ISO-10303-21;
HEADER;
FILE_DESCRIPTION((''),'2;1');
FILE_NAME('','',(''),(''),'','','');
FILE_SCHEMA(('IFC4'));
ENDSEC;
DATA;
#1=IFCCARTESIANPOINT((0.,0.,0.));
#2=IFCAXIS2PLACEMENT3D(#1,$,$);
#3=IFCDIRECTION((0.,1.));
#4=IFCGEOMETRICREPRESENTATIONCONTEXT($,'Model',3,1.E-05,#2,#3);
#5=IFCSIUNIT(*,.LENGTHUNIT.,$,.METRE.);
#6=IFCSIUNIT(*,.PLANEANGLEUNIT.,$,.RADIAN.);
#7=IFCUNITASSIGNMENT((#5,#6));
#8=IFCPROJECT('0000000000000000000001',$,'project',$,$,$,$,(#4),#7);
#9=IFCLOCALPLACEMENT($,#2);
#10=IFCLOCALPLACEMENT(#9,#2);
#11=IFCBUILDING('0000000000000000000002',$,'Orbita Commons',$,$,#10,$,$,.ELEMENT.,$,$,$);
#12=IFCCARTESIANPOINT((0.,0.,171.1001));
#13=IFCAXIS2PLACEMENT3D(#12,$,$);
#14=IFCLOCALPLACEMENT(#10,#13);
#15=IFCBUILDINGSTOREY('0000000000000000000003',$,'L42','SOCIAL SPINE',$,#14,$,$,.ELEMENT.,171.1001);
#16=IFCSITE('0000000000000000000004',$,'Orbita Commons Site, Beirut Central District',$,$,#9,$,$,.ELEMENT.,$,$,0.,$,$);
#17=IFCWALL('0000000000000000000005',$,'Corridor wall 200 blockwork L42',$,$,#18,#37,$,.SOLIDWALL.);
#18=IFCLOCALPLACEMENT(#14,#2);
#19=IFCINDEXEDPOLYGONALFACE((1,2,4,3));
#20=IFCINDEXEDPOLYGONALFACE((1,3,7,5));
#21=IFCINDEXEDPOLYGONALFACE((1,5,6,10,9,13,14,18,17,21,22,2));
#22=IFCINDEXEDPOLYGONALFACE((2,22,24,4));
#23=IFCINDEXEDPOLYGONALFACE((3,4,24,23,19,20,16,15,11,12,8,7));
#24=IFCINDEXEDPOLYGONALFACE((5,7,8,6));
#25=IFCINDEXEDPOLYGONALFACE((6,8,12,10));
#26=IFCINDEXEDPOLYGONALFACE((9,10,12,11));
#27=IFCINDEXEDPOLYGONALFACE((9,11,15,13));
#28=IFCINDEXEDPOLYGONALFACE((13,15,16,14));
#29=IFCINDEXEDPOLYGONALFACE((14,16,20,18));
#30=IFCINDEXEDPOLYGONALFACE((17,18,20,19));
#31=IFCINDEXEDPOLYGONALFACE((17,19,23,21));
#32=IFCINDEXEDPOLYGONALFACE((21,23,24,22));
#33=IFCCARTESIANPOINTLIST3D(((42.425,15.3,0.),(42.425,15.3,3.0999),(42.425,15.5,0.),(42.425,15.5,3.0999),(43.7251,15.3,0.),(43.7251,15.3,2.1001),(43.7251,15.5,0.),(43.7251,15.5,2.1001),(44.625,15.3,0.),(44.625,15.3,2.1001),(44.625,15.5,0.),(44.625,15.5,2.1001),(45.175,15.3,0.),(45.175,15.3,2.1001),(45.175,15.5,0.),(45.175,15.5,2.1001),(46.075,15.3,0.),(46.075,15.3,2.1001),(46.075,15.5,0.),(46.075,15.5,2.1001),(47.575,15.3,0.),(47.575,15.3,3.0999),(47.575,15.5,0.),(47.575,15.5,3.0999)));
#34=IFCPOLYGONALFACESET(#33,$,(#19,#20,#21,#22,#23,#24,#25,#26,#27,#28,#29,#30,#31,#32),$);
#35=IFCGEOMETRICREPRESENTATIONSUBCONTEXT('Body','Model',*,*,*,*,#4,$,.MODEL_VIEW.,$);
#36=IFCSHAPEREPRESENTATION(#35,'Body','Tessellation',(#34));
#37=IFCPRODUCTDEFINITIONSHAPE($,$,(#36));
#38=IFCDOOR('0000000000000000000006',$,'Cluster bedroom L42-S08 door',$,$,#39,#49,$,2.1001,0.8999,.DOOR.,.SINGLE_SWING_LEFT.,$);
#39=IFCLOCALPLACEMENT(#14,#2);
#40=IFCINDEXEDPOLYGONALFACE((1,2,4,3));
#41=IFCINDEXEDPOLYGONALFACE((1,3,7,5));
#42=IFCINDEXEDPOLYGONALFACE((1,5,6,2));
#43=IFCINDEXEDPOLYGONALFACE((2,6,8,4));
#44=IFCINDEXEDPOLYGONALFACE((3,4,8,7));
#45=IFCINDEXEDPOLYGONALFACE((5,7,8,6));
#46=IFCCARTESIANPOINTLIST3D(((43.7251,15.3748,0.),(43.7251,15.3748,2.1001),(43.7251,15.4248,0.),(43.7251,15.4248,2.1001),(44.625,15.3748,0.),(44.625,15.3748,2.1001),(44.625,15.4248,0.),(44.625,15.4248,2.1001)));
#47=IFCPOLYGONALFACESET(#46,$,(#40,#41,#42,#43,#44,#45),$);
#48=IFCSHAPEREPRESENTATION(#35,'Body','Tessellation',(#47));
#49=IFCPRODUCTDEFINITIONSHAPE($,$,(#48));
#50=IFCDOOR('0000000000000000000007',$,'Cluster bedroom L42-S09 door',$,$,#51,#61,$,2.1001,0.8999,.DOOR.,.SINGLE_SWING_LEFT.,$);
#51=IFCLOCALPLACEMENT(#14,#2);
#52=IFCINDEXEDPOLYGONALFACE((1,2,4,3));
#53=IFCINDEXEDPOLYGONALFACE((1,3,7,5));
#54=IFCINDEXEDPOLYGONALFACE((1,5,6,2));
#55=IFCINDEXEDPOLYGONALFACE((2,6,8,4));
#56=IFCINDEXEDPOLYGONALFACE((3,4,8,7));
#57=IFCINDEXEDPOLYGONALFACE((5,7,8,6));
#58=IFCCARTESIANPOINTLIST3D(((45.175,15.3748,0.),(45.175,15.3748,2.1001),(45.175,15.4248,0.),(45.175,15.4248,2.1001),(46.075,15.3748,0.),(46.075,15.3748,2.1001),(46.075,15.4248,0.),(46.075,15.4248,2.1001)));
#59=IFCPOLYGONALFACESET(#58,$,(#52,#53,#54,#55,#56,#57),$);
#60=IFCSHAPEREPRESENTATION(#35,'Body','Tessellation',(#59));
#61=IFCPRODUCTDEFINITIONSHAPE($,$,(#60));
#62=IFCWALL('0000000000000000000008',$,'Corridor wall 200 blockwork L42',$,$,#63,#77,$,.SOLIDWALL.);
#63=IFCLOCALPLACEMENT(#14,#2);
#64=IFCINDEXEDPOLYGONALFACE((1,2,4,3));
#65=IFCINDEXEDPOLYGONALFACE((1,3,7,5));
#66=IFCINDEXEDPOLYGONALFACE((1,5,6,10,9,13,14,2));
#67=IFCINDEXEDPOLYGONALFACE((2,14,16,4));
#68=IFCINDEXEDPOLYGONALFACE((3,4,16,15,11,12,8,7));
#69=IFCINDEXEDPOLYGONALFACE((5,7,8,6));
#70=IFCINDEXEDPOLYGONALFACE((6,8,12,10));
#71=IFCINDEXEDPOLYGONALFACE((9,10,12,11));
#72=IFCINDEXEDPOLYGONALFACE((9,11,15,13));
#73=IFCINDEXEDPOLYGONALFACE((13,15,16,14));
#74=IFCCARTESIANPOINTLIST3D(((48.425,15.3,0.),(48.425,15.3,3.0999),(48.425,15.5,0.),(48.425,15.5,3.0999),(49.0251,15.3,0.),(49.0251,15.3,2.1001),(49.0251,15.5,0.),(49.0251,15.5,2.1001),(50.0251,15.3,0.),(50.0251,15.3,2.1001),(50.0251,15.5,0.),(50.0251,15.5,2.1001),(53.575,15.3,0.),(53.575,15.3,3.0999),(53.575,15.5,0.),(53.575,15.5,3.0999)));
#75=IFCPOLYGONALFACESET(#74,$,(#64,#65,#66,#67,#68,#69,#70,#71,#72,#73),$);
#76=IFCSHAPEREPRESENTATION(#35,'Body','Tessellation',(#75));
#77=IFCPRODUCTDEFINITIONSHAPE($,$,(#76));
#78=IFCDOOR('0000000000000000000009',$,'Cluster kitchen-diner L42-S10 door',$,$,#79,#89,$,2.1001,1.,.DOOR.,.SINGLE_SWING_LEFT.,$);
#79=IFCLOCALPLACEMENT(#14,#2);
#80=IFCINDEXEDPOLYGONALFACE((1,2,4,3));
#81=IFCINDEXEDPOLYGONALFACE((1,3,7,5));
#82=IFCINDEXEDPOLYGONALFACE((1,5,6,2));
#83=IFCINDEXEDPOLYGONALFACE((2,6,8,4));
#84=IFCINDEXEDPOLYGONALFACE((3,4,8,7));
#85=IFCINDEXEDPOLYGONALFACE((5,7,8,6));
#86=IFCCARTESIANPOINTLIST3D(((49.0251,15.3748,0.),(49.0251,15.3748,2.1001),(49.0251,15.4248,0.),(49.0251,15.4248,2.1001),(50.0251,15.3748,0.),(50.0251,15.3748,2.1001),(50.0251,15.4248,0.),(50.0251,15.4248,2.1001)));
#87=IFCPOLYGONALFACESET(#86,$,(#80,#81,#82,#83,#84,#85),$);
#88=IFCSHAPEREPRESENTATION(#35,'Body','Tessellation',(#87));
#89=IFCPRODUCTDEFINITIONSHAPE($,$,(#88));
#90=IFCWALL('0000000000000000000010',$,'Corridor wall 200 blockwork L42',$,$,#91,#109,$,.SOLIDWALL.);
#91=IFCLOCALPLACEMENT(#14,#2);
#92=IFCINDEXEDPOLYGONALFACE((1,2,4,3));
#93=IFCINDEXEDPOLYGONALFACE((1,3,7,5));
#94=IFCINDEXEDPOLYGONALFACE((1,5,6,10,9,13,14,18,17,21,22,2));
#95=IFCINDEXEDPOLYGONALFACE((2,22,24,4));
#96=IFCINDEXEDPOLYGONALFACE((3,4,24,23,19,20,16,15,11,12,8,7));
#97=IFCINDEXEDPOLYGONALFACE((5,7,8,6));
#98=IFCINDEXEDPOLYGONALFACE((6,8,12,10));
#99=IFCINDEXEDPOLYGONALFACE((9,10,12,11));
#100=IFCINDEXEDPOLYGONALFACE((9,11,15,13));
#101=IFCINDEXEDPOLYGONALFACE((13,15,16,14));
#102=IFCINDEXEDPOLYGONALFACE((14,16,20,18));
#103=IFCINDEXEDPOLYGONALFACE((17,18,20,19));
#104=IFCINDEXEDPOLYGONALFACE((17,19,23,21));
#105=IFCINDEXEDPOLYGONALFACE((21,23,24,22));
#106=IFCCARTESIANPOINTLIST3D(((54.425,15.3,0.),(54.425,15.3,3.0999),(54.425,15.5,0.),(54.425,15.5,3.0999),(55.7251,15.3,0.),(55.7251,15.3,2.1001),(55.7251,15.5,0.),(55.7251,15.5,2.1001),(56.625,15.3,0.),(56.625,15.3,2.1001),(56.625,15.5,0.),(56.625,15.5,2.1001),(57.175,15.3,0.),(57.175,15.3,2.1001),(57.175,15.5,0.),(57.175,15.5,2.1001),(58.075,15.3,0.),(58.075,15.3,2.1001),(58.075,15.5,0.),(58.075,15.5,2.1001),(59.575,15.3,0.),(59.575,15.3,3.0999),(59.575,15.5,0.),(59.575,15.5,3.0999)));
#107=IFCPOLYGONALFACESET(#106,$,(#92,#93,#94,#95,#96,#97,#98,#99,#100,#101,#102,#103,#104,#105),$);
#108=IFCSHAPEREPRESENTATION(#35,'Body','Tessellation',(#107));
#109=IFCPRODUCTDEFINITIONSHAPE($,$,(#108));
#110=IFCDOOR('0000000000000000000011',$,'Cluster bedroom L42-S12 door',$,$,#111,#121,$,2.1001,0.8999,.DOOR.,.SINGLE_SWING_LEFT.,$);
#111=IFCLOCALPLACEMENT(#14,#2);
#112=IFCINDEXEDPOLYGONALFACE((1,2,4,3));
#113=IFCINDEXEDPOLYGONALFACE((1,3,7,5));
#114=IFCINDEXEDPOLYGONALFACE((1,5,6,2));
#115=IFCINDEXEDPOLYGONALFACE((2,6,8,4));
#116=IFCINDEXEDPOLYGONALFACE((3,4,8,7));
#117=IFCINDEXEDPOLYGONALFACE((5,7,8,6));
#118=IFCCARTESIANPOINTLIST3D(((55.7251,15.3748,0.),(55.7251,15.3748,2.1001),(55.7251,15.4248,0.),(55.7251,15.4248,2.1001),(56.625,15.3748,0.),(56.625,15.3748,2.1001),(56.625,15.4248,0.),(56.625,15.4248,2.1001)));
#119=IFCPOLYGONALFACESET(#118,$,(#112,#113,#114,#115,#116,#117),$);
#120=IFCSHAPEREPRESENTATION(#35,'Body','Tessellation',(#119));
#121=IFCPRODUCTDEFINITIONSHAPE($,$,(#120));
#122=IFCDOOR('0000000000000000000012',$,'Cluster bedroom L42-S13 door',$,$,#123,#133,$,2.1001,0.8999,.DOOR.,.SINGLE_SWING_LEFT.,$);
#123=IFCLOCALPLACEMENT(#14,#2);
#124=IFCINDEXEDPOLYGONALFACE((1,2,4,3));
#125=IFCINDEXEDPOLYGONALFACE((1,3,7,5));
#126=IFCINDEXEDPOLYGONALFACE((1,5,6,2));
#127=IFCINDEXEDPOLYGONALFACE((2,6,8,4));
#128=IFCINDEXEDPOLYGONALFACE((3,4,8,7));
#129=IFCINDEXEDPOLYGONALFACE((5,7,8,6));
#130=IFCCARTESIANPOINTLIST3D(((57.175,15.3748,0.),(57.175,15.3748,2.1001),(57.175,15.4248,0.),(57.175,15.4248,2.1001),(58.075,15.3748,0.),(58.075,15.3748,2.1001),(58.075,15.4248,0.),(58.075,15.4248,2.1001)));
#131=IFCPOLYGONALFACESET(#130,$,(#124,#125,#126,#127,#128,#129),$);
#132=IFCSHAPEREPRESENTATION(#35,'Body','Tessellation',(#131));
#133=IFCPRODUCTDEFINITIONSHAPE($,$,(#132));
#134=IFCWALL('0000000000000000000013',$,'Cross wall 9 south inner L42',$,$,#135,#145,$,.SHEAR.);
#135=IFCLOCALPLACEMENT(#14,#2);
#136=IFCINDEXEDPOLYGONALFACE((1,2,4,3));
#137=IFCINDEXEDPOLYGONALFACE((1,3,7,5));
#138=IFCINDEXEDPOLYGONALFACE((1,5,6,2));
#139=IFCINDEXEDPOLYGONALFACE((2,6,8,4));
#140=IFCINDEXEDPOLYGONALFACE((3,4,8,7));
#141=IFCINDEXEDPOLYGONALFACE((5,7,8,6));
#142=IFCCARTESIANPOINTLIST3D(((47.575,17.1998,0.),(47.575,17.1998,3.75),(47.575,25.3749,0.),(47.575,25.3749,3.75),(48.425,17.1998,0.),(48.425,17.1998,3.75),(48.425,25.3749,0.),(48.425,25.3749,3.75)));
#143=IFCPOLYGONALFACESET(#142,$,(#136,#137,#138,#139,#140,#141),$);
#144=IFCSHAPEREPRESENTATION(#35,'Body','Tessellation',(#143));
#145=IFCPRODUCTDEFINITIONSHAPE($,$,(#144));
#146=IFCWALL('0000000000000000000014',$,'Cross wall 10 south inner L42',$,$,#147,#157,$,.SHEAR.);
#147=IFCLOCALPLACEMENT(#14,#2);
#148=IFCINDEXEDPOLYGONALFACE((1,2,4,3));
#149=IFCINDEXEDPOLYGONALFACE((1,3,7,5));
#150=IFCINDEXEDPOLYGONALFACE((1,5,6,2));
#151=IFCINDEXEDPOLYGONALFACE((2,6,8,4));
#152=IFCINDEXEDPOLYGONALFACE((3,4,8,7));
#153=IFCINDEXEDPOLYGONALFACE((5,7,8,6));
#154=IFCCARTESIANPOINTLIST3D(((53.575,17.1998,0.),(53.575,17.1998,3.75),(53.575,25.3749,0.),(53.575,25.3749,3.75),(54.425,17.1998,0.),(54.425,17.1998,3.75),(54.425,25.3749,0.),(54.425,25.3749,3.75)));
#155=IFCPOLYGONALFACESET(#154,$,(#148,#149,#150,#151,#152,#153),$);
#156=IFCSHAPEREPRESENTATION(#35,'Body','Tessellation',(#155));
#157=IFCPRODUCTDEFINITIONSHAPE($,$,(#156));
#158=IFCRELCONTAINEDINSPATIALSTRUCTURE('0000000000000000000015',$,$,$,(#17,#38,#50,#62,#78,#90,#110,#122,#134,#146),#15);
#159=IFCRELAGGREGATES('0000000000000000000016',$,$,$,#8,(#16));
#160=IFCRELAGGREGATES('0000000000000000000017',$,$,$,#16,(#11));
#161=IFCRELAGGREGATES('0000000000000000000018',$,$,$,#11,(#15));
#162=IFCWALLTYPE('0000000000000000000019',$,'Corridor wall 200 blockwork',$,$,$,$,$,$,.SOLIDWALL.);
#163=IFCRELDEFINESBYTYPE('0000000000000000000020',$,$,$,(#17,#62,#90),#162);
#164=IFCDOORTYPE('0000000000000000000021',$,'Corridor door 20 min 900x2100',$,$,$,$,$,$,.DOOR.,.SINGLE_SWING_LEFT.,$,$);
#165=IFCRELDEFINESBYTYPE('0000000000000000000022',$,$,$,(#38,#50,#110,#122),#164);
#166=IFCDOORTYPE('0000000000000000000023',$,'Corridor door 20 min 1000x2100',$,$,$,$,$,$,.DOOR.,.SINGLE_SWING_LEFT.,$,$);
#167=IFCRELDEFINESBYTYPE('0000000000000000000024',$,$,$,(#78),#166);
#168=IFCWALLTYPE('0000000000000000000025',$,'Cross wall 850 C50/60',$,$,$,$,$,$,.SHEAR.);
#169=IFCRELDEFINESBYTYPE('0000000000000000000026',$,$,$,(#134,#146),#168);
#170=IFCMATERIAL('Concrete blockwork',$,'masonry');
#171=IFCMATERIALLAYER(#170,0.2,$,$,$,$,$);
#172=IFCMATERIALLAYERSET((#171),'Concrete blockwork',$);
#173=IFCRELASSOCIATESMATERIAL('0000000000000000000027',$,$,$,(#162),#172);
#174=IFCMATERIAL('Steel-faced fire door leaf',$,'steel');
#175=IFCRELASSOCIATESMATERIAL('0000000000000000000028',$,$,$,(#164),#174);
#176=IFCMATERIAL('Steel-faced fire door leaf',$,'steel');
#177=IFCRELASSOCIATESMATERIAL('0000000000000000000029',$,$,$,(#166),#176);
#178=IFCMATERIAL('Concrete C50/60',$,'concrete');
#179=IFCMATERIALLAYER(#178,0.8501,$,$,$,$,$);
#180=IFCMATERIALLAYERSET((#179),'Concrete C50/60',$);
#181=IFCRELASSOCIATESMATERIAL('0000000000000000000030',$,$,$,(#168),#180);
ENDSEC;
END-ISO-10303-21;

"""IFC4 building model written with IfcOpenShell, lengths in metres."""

from ifc_helpers import new_model, si_unit, direction, frame, frame_2d, origin, place, context, subcontext, project, spatial, polyline, rectangle, outline, extrude, material, layer, layer_set, type_object, element, fill, save


model = new_model("IFC4")

# Units and contexts
model_context = context("Model", 3, precision=1e-05, world=origin(), true_north=direction((0.0, 1.0)))
body_context = subcontext(model_context, "Body", "Model", "MODEL_VIEW")
ifc_project = project(units=[si_unit("LENGTHUNIT", "METRE"), si_unit("PLANEANGLEUNIT", "RADIAN")], contexts=[model_context])

# Site, building, storey
site_placement = place(None, origin())
site = spatial("IfcSite", under=ifc_project, at=site_placement, Name="Orbita Commons Site, Beirut Central District", CompositionType="ELEMENT", RefElevation=0.0)
building_placement = place(site_placement, origin())
building = spatial("IfcBuilding", under=site, at=building_placement, Name="Orbita Commons", CompositionType="ELEMENT")
storey_placement = place(building_placement, frame((0.0, 0.0, 171.1001)))
storey = spatial("IfcBuildingStorey", under=building, at=storey_placement, Name="L42", Description="SOCIAL SPINE", CompositionType="ELEMENT", Elevation=171.1001)

# Wall, openings, doors
ifc_material_1 = material(Name="Concrete blockwork", Category="masonry")
ifc_layer_1 = layer(ifc_material_1, 0.2)
ifc_layer_set_1 = layer_set([ifc_layer_1], Name="Concrete blockwork")
wall_type_1 = type_object("IfcWallType", Name="Corridor wall 200 blockwork", PredefinedType="SOLIDWALL", material=ifc_layer_set_1)
wall_1_placement = place(storey_placement, frame((42.425, 15.3999, 0.0), z_axis=(0.0, 0.0, 1.0), x_axis=(1.0, 0.0, 0.0)))
wall_1 = element("IfcWall", 1, at=wall_1_placement, inside=storey, type_object=wall_type_1, Name="Corridor wall 200 blockwork L42", PredefinedType="SOLIDWALL", context=body_context, shape_type="SweptSolid", body=[
    extrude(outline(polyline([(0.0, 0.0), (5.1499, 0.0), (5.1499, 3.0999), (0.0, 3.0999), (0.0, 0.0)])), frame((0.0, 0.1001, 0.0), z_axis=(0.0, -1.0, 0.0), x_axis=(1.0, 0.0, 0.0)), (0.0, 0.0, 1.0), 0.2),
])
opening_1_placement = place(wall_1_placement, frame((1.3, 0.0, 0.0)))
opening_1 = element("IfcOpeningElement", 2, at=opening_1_placement, cuts=wall_1, PredefinedType="OPENING", context=body_context, shape_type="SweptSolid", body=[
    extrude(rectangle(XDim=0.8999, YDim=2.1001, at=frame_2d((0.45, 1.05))), frame((0.0, 0.1099, 0.0), z_axis=(0.0, -1.0, 0.0), x_axis=(1.0, 0.0, 0.0)), (0.0, 0.0, 1.0), 0.22),
])
opening_2_placement = place(wall_1_placement, frame((2.75, 0.0, 0.0)))
opening_2 = element("IfcOpeningElement", 3, at=opening_2_placement, cuts=wall_1, PredefinedType="OPENING", context=body_context, shape_type="SweptSolid", body=[
    extrude(rectangle(XDim=0.8999, YDim=2.1001, at=frame_2d((0.45, 1.05))), frame((0.0, 0.1099, 0.0), z_axis=(0.0, -1.0, 0.0), x_axis=(1.0, 0.0, 0.0)), (0.0, 0.0, 1.0), 0.22),
])
ifc_material_2 = material(Name="Steel-faced fire door leaf", Category="steel")
door_type_1 = type_object("IfcDoorType", Name="Corridor door 20 min 900x2100", OperationType="SINGLE_SWING_LEFT", PredefinedType="DOOR", material=ifc_material_2)
door_1_placement = place(opening_1_placement, origin())
door_1 = element("IfcDoor", 4, at=door_1_placement, inside=storey, type_object=door_type_1, Name="Cluster bedroom L42-S08 door", OperationType="SINGLE_SWING_LEFT", OverallHeight=2.1001, OverallWidth=0.8999, PredefinedType="DOOR", context=body_context, shape_type="SweptSolid", body=[
    extrude(rectangle(XDim=0.8999, YDim=2.1001, at=frame_2d((0.45, 1.05))), frame((0.0, 0.0249, 0.0), z_axis=(0.0, -1.0, 0.0), x_axis=(1.0, 0.0, 0.0)), (0.0, 0.0, 1.0), 0.05),
])
fill(opening_1, door_1)
door_2_placement = place(opening_2_placement, origin())
door_2 = element("IfcDoor", 5, at=door_2_placement, inside=storey, type_object=door_type_1, Name="Cluster bedroom L42-S09 door", OperationType="SINGLE_SWING_LEFT", OverallHeight=2.1001, OverallWidth=0.8999, PredefinedType="DOOR", context=body_context, shape_type="SweptSolid", body=[
    extrude(rectangle(XDim=0.8999, YDim=2.1001, at=frame_2d((0.45, 1.05))), frame((0.0, 0.0249, 0.0), z_axis=(0.0, -1.0, 0.0), x_axis=(1.0, 0.0, 0.0)), (0.0, 0.0, 1.0), 0.05),
])
fill(opening_2, door_2)

# Wall, opening, door
wall_2_placement = place(storey_placement, frame((48.425, 15.3999, 0.0), z_axis=(0.0, 0.0, 1.0), x_axis=(1.0, 0.0, 0.0)))
wall_2 = element("IfcWall", 6, at=wall_2_placement, inside=storey, type_object=wall_type_1, Name="Corridor wall 200 blockwork L42", PredefinedType="SOLIDWALL", context=body_context, shape_type="SweptSolid", body=[
    extrude(outline(polyline([(0.0, 0.0), (5.1499, 0.0), (5.1499, 3.0999), (0.0, 3.0999), (0.0, 0.0)])), frame((0.0, 0.1001, 0.0), z_axis=(0.0, -1.0, 0.0), x_axis=(1.0, 0.0, 0.0)), (0.0, 0.0, 1.0), 0.2),
])
opening_3_placement = place(wall_2_placement, frame((0.6001, 0.0, 0.0)))
opening_3 = element("IfcOpeningElement", 7, at=opening_3_placement, cuts=wall_2, PredefinedType="OPENING", context=body_context, shape_type="SweptSolid", body=[
    extrude(rectangle(XDim=1.0, YDim=2.1001, at=frame_2d((0.5, 1.05))), frame((0.0, 0.1099, 0.0), z_axis=(0.0, -1.0, 0.0), x_axis=(1.0, 0.0, 0.0)), (0.0, 0.0, 1.0), 0.22),
])
ifc_material_3 = material(Name="Steel-faced fire door leaf", Category="steel")
door_type_2 = type_object("IfcDoorType", Name="Corridor door 20 min 1000x2100", OperationType="SINGLE_SWING_LEFT", PredefinedType="DOOR", material=ifc_material_3)
door_3_placement = place(opening_3_placement, origin())
door_3 = element("IfcDoor", 8, at=door_3_placement, inside=storey, type_object=door_type_2, Name="Cluster kitchen-diner L42-S10 door", OperationType="SINGLE_SWING_LEFT", OverallHeight=2.1001, OverallWidth=1.0, PredefinedType="DOOR", context=body_context, shape_type="SweptSolid", body=[
    extrude(rectangle(XDim=1.0, YDim=2.1001, at=frame_2d((0.5, 1.05))), frame((0.0, 0.0249, 0.0), z_axis=(0.0, -1.0, 0.0), x_axis=(1.0, 0.0, 0.0)), (0.0, 0.0, 1.0), 0.05),
])
fill(opening_3, door_3)

# Wall, openings, doors
wall_3_placement = place(storey_placement, frame((54.425, 15.3999, 0.0), z_axis=(0.0, 0.0, 1.0), x_axis=(1.0, 0.0, 0.0)))
wall_3 = element("IfcWall", 9, at=wall_3_placement, inside=storey, type_object=wall_type_1, Name="Corridor wall 200 blockwork L42", PredefinedType="SOLIDWALL", context=body_context, shape_type="SweptSolid", body=[
    extrude(outline(polyline([(0.0, 0.0), (5.1499, 0.0), (5.1499, 3.0999), (0.0, 3.0999), (0.0, 0.0)])), frame((0.0, 0.1001, 0.0), z_axis=(0.0, -1.0, 0.0), x_axis=(1.0, 0.0, 0.0)), (0.0, 0.0, 1.0), 0.2),
])
opening_4_placement = place(wall_3_placement, frame((1.3, 0.0, 0.0)))
opening_4 = element("IfcOpeningElement", 10, at=opening_4_placement, cuts=wall_3, PredefinedType="OPENING", context=body_context, shape_type="SweptSolid", body=[
    extrude(rectangle(XDim=0.8999, YDim=2.1001, at=frame_2d((0.45, 1.05))), frame((0.0, 0.1099, 0.0), z_axis=(0.0, -1.0, 0.0), x_axis=(1.0, 0.0, 0.0)), (0.0, 0.0, 1.0), 0.22),
])
opening_5_placement = place(wall_3_placement, frame((2.75, 0.0, 0.0)))
opening_5 = element("IfcOpeningElement", 11, at=opening_5_placement, cuts=wall_3, PredefinedType="OPENING", context=body_context, shape_type="SweptSolid", body=[
    extrude(rectangle(XDim=0.8999, YDim=2.1001, at=frame_2d((0.45, 1.05))), frame((0.0, 0.1099, 0.0), z_axis=(0.0, -1.0, 0.0), x_axis=(1.0, 0.0, 0.0)), (0.0, 0.0, 1.0), 0.22),
])
door_4_placement = place(opening_4_placement, origin())
door_4 = element("IfcDoor", 12, at=door_4_placement, inside=storey, type_object=door_type_1, Name="Cluster bedroom L42-S12 door", OperationType="SINGLE_SWING_LEFT", OverallHeight=2.1001, OverallWidth=0.8999, PredefinedType="DOOR", context=body_context, shape_type="SweptSolid", body=[
    extrude(rectangle(XDim=0.8999, YDim=2.1001, at=frame_2d((0.45, 1.05))), frame((0.0, 0.0249, 0.0), z_axis=(0.0, -1.0, 0.0), x_axis=(1.0, 0.0, 0.0)), (0.0, 0.0, 1.0), 0.05),
])
fill(opening_4, door_4)
door_5_placement = place(opening_5_placement, origin())
door_5 = element("IfcDoor", 13, at=door_5_placement, inside=storey, type_object=door_type_1, Name="Cluster bedroom L42-S13 door", OperationType="SINGLE_SWING_LEFT", OverallHeight=2.1001, OverallWidth=0.8999, PredefinedType="DOOR", context=body_context, shape_type="SweptSolid", body=[
    extrude(rectangle(XDim=0.8999, YDim=2.1001, at=frame_2d((0.45, 1.05))), frame((0.0, 0.0249, 0.0), z_axis=(0.0, -1.0, 0.0), x_axis=(1.0, 0.0, 0.0)), (0.0, 0.0, 1.0), 0.05),
])
fill(opening_5, door_5)

# Walls
ifc_material_4 = material(Name="Concrete C50/60", Category="concrete")
ifc_layer_2 = layer(ifc_material_4, 0.8501)
ifc_layer_set_2 = layer_set([ifc_layer_2], Name="Concrete C50/60")
wall_type_2 = type_object("IfcWallType", Name="Cross wall 850 C50/60", PredefinedType="SHEAR", material=ifc_layer_set_2)
for number, where, z_axis, x_axis, name in (
    (14, (48.0, 17.2, 0.0), (0.0, 0.0, 1.0), (0.0, 1.0, 0.0), "Cross wall 9 south inner L42"),
    (15, (54.0, 17.2, 0.0), (0.0, 0.0, 1.0), (0.0, 1.0, 0.0), "Cross wall 10 south inner L42"),
):
    element("IfcWall", number, at=place(storey_placement, frame(where, z_axis=z_axis, x_axis=x_axis)), inside=storey, type_object=wall_type_2, Name=name, PredefinedType="SHEAR", context=body_context, shape_type="SweptSolid", body=[
        extrude(rectangle(XDim=8.175, YDim=0.8501, at=frame_2d((4.0874, 0.0))), origin(), (0.0, 0.0, 1.0), 3.75),
    ])

save(model, "model.ifc")
